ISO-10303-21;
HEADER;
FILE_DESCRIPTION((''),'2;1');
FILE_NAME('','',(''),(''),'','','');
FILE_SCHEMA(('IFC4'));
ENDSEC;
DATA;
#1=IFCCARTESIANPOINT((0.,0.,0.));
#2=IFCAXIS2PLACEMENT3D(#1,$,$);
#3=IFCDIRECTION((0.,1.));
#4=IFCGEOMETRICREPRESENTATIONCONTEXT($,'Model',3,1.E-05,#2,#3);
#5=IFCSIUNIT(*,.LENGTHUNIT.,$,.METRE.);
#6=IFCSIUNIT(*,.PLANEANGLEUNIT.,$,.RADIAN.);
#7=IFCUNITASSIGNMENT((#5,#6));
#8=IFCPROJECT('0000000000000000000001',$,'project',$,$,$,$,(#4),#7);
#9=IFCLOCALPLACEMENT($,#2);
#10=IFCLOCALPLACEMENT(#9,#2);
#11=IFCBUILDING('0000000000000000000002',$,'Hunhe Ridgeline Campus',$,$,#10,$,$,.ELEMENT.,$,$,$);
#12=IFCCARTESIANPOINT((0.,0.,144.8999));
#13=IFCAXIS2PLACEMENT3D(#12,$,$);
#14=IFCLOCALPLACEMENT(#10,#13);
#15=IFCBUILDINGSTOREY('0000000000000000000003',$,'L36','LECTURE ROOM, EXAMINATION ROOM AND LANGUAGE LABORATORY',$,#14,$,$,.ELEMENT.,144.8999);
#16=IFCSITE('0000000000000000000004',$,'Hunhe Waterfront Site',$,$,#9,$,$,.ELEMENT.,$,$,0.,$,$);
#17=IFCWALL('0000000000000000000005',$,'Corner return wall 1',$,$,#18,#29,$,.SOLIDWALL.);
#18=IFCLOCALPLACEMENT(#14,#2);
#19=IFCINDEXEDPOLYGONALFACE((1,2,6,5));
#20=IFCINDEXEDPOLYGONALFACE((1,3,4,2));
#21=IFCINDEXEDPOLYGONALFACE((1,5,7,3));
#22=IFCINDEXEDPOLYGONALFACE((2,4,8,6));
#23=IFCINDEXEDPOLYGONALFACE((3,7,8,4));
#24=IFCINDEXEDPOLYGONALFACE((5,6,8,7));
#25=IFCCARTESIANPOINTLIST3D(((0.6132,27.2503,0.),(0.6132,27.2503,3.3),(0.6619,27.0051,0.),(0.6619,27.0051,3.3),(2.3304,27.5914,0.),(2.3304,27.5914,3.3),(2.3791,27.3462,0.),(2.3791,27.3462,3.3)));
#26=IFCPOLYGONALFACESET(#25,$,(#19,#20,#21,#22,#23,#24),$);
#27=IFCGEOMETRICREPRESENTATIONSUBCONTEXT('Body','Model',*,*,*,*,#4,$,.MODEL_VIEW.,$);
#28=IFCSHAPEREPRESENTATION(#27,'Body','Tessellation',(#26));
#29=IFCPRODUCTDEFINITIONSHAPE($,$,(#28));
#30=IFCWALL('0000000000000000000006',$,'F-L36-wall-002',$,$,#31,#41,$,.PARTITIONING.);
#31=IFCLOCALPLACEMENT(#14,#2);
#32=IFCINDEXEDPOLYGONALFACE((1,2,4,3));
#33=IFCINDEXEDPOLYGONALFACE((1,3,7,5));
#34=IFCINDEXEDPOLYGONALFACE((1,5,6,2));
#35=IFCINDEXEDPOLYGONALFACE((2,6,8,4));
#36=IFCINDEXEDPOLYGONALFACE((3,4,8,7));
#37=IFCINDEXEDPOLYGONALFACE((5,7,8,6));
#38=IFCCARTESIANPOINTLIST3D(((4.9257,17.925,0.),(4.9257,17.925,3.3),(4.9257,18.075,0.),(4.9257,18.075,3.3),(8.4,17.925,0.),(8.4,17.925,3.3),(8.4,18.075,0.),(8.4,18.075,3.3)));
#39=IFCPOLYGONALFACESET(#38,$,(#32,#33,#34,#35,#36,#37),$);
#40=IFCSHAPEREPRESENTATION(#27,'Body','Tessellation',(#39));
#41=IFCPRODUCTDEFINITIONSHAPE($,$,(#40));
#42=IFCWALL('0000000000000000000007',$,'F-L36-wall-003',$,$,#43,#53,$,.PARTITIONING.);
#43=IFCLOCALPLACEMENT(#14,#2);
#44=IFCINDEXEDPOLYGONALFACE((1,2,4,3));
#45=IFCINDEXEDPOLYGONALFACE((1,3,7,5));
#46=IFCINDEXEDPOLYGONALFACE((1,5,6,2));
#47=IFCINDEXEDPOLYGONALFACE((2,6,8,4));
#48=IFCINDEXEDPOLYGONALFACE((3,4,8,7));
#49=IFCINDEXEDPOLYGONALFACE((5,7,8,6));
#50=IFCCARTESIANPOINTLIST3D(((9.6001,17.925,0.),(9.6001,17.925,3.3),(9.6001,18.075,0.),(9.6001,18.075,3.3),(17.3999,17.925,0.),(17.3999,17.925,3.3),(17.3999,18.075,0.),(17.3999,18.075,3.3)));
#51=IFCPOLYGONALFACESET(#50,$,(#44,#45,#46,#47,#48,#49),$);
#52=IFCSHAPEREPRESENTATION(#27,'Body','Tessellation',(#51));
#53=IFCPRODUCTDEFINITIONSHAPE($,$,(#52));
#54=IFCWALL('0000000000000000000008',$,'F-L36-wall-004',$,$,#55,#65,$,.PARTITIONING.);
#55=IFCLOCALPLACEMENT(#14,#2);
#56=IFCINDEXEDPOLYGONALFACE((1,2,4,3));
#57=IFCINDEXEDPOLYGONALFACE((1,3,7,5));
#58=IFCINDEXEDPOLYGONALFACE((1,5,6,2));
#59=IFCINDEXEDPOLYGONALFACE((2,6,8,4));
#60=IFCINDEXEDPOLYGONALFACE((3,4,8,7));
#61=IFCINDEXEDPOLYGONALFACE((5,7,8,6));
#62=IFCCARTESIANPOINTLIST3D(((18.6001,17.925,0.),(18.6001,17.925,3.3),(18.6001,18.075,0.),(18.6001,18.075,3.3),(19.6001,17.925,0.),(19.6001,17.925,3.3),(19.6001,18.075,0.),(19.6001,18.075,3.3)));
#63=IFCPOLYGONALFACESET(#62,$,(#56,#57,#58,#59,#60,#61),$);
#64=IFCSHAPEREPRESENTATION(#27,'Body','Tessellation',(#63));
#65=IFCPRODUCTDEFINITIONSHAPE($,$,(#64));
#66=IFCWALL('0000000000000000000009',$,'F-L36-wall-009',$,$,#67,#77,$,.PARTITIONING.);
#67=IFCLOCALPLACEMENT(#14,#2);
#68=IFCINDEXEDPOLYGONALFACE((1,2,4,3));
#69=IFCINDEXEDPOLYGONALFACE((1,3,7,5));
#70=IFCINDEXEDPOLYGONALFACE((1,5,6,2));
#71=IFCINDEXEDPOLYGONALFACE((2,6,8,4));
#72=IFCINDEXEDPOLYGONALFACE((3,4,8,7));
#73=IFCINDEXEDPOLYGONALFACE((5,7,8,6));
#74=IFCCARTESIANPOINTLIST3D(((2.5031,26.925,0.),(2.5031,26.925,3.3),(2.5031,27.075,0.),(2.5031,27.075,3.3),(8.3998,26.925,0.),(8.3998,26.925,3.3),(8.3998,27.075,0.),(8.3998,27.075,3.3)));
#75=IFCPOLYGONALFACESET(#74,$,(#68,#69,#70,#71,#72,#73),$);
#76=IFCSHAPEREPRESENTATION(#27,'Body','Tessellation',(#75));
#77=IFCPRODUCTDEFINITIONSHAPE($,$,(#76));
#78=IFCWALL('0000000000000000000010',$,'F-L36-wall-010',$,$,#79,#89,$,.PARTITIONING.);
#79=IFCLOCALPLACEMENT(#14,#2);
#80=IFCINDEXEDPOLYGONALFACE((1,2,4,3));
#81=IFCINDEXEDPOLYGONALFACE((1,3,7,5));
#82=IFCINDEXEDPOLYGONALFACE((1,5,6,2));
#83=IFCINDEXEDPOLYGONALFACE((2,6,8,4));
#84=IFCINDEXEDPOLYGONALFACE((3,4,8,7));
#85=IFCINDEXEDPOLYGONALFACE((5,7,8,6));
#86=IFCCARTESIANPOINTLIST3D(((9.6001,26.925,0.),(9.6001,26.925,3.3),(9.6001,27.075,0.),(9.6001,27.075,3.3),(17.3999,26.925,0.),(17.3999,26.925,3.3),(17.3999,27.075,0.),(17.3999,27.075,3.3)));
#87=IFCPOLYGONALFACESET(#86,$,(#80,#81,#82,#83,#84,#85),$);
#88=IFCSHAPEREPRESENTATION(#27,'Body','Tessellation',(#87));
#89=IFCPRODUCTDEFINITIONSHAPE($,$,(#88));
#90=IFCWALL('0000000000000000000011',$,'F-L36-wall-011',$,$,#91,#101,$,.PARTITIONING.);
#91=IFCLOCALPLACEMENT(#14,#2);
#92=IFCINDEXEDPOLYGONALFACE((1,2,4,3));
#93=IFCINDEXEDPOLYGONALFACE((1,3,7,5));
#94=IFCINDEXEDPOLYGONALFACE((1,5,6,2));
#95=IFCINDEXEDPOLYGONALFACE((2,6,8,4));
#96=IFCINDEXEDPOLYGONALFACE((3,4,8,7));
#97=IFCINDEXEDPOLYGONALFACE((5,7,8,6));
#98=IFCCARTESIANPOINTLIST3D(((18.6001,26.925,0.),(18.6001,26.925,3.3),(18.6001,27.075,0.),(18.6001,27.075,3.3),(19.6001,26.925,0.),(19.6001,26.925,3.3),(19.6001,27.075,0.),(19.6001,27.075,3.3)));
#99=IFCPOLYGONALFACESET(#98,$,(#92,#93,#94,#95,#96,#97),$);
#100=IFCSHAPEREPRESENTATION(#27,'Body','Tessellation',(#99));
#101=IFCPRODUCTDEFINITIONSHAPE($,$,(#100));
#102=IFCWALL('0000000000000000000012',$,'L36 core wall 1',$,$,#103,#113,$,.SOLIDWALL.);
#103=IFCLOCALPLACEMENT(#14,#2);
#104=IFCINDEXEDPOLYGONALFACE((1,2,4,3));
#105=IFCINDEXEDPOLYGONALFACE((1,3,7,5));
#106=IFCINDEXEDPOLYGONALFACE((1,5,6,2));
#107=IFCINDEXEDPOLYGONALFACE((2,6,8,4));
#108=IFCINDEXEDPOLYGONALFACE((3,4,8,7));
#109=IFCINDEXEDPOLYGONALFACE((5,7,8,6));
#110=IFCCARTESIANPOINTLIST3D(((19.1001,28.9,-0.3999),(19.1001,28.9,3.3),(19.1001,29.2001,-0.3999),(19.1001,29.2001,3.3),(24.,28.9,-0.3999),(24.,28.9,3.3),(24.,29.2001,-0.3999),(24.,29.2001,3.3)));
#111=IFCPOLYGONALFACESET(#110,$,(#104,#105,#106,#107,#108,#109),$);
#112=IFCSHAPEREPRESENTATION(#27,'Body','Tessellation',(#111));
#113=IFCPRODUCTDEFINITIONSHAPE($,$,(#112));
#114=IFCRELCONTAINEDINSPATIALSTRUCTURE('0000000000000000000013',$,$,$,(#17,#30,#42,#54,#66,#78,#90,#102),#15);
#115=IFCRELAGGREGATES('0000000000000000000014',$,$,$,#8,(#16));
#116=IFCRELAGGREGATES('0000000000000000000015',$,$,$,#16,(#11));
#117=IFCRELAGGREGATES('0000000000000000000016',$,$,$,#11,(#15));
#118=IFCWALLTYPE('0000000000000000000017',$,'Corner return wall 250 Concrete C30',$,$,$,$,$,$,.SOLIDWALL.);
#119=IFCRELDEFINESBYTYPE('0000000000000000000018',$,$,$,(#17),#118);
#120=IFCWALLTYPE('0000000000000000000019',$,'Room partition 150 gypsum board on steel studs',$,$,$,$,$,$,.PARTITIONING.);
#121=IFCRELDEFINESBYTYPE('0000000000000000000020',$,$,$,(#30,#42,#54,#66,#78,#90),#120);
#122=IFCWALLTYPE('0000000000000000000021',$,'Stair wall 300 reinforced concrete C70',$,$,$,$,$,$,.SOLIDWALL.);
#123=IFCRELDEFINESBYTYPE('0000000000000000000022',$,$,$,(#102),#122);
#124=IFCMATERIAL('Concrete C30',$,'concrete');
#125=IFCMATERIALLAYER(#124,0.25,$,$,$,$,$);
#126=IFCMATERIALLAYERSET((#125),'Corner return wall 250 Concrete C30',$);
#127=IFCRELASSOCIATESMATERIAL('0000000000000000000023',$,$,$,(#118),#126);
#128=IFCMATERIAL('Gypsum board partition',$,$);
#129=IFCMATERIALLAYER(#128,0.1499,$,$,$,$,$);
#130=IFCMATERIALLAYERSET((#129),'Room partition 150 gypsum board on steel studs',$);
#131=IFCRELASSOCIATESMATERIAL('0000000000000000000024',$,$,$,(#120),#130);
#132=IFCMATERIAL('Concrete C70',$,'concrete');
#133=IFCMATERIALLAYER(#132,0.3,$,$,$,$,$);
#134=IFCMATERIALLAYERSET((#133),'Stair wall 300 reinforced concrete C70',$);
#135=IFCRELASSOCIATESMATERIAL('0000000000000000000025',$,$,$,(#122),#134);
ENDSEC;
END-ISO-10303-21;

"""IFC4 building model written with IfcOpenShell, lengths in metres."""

from ifc_helpers import new_model, si_unit, direction, frame, frame_2d, origin, place, context, subcontext, project, spatial, rectangle, extrude, material, layer, layer_set, type_object, element, save


model = new_model("IFC4")

# Units and contexts
model_context = context("Model", 3, precision=1e-05, world=origin(), true_north=direction((0.0, 1.0)))
body_context = subcontext(model_context, "Body", "Model", "MODEL_VIEW")
ifc_project = project(units=[si_unit("LENGTHUNIT", "METRE"), si_unit("PLANEANGLEUNIT", "RADIAN")], contexts=[model_context])

# Site, building, storey
site_placement = place(None, origin())
site = spatial("IfcSite", under=ifc_project, at=site_placement, Name="Hunhe Waterfront Site", CompositionType="ELEMENT", RefElevation=0.0)
building_placement = place(site_placement, origin())
building = spatial("IfcBuilding", under=site, at=building_placement, Name="Hunhe Ridgeline Campus", CompositionType="ELEMENT")
storey_placement = place(building_placement, frame((0.0, 0.0, 144.8999)))
storey = spatial("IfcBuildingStorey", under=building, at=storey_placement, Name="L36", Description="LECTURE ROOM, EXAMINATION ROOM AND LANGUAGE LABORATORY", CompositionType="ELEMENT", Elevation=144.8999)

# Shared definitions
ifc_material_1 = material(Name="Concrete C70", Category="concrete")

# Walls
ifc_material_2 = material(Name="Concrete C30", Category="concrete")
ifc_layer_1 = layer(ifc_material_2, 0.25)
ifc_layer_set_1 = layer_set([ifc_layer_1], Name="Corner return wall 250 Concrete C30")
wall_type_1 = type_object("IfcWallType", Name="Corner return wall 250 Concrete C30", PredefinedType="SOLIDWALL", material=ifc_layer_set_1)
wall_1_placement = place(storey_placement, frame((0.6375, 27.1277, 0.0), z_axis=(0.0, 0.0, 1.0), x_axis=(0.980843, 0.194802, 0.0)))
element("IfcWall", 1, at=wall_1_placement, inside=storey, type_object=wall_type_1, Name="Corner return wall 1", PredefinedType="SOLIDWALL", context=body_context, shape_type="SweptSolid", body=[
    extrude(rectangle(XDim=1.7507, YDim=0.25, at=frame_2d((0.8755, 0.0))), origin(), (0.0, 0.0, 1.0), 3.3),
])
ifc_material_3 = material(Name="Gypsum board partition")
ifc_layer_2 = layer(ifc_material_3, 0.1499)
ifc_layer_set_2 = layer_set([ifc_layer_2], Name="Room partition 150 gypsum board on steel studs")
wall_type_2 = type_object("IfcWallType", Name="Room partition 150 gypsum board on steel studs", PredefinedType="PARTITIONING", material=ifc_layer_set_2)
wall_2_placement = place(storey_placement, frame((4.9255, 18.0, 0.0), z_axis=(0.0, 0.0, 1.0), x_axis=(1.0, 0.0, 0.0)))
element("IfcWall", 2, at=wall_2_placement, inside=storey, type_object=wall_type_2, Name="F-L36-wall-002", PredefinedType="PARTITIONING", context=body_context, shape_type="SweptSolid", body=[
    extrude(rectangle(XDim=3.4744, YDim=0.1499, at=frame_2d((1.7373, 0.0))), origin(), (0.0, 0.0, 1.0), 3.3),
])
wall_3_placement = place(storey_placement, frame((9.6001, 18.0, 0.0), z_axis=(0.0, 0.0, 1.0), x_axis=(1.0, 0.0, 0.0)))
element("IfcWall", 3, at=wall_3_placement, inside=storey, type_object=wall_type_2, Name="F-L36-wall-003", PredefinedType="PARTITIONING", context=body_context, shape_type="SweptSolid", body=[
    extrude(rectangle(XDim=7.7998, YDim=0.1499, at=frame_2d((3.8999, 0.0))), origin(), (0.0, 0.0, 1.0), 3.3),
])
wall_4_placement = place(storey_placement, frame((18.6001, 18.0, 0.0), z_axis=(0.0, 0.0, 1.0), x_axis=(1.0, 0.0, 0.0)))
element("IfcWall", 4, at=wall_4_placement, inside=storey, type_object=wall_type_2, Name="F-L36-wall-004", PredefinedType="PARTITIONING", context=body_context, shape_type="SweptSolid", body=[
    extrude(rectangle(XDim=1.0, YDim=0.1499, at=frame_2d((0.5, 0.0))), origin(), (0.0, 0.0, 1.0), 3.3),
])
wall_5_placement = place(storey_placement, frame((2.5032, 27.0, 0.0), z_axis=(0.0, 0.0, 1.0), x_axis=(1.0, 0.0, 0.0)))
element("IfcWall", 5, at=wall_5_placement, inside=storey, type_object=wall_type_2, Name="F-L36-wall-009", PredefinedType="PARTITIONING", context=body_context, shape_type="SweptSolid", body=[
    extrude(rectangle(XDim=5.8967, YDim=0.1499, at=frame_2d((2.9482, 0.0))), origin(), (0.0, 0.0, 1.0), 3.3),
])
wall_6_placement = place(storey_placement, frame((9.6001, 27.0, 0.0), z_axis=(0.0, 0.0, 1.0), x_axis=(1.0, 0.0, 0.0)))
element("IfcWall", 6, at=wall_6_placement, inside=storey, type_object=wall_type_2, Name="F-L36-wall-010", PredefinedType="PARTITIONING", context=body_context, shape_type="SweptSolid", body=[
    extrude(rectangle(XDim=7.7998, YDim=0.1499, at=frame_2d((3.8999, 0.0))), origin(), (0.0, 0.0, 1.0), 3.3),
])
wall_7_placement = place(storey_placement, frame((18.6001, 27.0, 0.0), z_axis=(0.0, 0.0, 1.0), x_axis=(1.0, 0.0, 0.0)))
element("IfcWall", 7, at=wall_7_placement, inside=storey, type_object=wall_type_2, Name="F-L36-wall-011", PredefinedType="PARTITIONING", context=body_context, shape_type="SweptSolid", body=[
    extrude(rectangle(XDim=1.0, YDim=0.1499, at=frame_2d((0.5, 0.0))), origin(), (0.0, 0.0, 1.0), 3.3),
])
ifc_layer_3 = layer(ifc_material_1, 0.3)
ifc_layer_set_3 = layer_set([ifc_layer_3], Name="Stair wall 300 reinforced concrete C70")
wall_type_3 = type_object("IfcWallType", Name="Stair wall 300 reinforced concrete C70", PredefinedType="SOLIDWALL", material=ifc_layer_set_3)
wall_8_placement = place(storey_placement, frame((19.1001, 29.05, -0.3999), z_axis=(0.0, 0.0, 1.0), x_axis=(1.0, 0.0, 0.0)))
element("IfcWall", 8, at=wall_8_placement, inside=storey, type_object=wall_type_3, Name="L36 core wall 1", PredefinedType="SOLIDWALL", context=body_context, shape_type="SweptSolid", body=[
    extrude(rectangle(XDim=4.8999, YDim=0.3, at=frame_2d((2.45, 0.0))), origin(), (0.0, 0.0, 1.0), 3.7),
])

save(model, "model.ifc")
